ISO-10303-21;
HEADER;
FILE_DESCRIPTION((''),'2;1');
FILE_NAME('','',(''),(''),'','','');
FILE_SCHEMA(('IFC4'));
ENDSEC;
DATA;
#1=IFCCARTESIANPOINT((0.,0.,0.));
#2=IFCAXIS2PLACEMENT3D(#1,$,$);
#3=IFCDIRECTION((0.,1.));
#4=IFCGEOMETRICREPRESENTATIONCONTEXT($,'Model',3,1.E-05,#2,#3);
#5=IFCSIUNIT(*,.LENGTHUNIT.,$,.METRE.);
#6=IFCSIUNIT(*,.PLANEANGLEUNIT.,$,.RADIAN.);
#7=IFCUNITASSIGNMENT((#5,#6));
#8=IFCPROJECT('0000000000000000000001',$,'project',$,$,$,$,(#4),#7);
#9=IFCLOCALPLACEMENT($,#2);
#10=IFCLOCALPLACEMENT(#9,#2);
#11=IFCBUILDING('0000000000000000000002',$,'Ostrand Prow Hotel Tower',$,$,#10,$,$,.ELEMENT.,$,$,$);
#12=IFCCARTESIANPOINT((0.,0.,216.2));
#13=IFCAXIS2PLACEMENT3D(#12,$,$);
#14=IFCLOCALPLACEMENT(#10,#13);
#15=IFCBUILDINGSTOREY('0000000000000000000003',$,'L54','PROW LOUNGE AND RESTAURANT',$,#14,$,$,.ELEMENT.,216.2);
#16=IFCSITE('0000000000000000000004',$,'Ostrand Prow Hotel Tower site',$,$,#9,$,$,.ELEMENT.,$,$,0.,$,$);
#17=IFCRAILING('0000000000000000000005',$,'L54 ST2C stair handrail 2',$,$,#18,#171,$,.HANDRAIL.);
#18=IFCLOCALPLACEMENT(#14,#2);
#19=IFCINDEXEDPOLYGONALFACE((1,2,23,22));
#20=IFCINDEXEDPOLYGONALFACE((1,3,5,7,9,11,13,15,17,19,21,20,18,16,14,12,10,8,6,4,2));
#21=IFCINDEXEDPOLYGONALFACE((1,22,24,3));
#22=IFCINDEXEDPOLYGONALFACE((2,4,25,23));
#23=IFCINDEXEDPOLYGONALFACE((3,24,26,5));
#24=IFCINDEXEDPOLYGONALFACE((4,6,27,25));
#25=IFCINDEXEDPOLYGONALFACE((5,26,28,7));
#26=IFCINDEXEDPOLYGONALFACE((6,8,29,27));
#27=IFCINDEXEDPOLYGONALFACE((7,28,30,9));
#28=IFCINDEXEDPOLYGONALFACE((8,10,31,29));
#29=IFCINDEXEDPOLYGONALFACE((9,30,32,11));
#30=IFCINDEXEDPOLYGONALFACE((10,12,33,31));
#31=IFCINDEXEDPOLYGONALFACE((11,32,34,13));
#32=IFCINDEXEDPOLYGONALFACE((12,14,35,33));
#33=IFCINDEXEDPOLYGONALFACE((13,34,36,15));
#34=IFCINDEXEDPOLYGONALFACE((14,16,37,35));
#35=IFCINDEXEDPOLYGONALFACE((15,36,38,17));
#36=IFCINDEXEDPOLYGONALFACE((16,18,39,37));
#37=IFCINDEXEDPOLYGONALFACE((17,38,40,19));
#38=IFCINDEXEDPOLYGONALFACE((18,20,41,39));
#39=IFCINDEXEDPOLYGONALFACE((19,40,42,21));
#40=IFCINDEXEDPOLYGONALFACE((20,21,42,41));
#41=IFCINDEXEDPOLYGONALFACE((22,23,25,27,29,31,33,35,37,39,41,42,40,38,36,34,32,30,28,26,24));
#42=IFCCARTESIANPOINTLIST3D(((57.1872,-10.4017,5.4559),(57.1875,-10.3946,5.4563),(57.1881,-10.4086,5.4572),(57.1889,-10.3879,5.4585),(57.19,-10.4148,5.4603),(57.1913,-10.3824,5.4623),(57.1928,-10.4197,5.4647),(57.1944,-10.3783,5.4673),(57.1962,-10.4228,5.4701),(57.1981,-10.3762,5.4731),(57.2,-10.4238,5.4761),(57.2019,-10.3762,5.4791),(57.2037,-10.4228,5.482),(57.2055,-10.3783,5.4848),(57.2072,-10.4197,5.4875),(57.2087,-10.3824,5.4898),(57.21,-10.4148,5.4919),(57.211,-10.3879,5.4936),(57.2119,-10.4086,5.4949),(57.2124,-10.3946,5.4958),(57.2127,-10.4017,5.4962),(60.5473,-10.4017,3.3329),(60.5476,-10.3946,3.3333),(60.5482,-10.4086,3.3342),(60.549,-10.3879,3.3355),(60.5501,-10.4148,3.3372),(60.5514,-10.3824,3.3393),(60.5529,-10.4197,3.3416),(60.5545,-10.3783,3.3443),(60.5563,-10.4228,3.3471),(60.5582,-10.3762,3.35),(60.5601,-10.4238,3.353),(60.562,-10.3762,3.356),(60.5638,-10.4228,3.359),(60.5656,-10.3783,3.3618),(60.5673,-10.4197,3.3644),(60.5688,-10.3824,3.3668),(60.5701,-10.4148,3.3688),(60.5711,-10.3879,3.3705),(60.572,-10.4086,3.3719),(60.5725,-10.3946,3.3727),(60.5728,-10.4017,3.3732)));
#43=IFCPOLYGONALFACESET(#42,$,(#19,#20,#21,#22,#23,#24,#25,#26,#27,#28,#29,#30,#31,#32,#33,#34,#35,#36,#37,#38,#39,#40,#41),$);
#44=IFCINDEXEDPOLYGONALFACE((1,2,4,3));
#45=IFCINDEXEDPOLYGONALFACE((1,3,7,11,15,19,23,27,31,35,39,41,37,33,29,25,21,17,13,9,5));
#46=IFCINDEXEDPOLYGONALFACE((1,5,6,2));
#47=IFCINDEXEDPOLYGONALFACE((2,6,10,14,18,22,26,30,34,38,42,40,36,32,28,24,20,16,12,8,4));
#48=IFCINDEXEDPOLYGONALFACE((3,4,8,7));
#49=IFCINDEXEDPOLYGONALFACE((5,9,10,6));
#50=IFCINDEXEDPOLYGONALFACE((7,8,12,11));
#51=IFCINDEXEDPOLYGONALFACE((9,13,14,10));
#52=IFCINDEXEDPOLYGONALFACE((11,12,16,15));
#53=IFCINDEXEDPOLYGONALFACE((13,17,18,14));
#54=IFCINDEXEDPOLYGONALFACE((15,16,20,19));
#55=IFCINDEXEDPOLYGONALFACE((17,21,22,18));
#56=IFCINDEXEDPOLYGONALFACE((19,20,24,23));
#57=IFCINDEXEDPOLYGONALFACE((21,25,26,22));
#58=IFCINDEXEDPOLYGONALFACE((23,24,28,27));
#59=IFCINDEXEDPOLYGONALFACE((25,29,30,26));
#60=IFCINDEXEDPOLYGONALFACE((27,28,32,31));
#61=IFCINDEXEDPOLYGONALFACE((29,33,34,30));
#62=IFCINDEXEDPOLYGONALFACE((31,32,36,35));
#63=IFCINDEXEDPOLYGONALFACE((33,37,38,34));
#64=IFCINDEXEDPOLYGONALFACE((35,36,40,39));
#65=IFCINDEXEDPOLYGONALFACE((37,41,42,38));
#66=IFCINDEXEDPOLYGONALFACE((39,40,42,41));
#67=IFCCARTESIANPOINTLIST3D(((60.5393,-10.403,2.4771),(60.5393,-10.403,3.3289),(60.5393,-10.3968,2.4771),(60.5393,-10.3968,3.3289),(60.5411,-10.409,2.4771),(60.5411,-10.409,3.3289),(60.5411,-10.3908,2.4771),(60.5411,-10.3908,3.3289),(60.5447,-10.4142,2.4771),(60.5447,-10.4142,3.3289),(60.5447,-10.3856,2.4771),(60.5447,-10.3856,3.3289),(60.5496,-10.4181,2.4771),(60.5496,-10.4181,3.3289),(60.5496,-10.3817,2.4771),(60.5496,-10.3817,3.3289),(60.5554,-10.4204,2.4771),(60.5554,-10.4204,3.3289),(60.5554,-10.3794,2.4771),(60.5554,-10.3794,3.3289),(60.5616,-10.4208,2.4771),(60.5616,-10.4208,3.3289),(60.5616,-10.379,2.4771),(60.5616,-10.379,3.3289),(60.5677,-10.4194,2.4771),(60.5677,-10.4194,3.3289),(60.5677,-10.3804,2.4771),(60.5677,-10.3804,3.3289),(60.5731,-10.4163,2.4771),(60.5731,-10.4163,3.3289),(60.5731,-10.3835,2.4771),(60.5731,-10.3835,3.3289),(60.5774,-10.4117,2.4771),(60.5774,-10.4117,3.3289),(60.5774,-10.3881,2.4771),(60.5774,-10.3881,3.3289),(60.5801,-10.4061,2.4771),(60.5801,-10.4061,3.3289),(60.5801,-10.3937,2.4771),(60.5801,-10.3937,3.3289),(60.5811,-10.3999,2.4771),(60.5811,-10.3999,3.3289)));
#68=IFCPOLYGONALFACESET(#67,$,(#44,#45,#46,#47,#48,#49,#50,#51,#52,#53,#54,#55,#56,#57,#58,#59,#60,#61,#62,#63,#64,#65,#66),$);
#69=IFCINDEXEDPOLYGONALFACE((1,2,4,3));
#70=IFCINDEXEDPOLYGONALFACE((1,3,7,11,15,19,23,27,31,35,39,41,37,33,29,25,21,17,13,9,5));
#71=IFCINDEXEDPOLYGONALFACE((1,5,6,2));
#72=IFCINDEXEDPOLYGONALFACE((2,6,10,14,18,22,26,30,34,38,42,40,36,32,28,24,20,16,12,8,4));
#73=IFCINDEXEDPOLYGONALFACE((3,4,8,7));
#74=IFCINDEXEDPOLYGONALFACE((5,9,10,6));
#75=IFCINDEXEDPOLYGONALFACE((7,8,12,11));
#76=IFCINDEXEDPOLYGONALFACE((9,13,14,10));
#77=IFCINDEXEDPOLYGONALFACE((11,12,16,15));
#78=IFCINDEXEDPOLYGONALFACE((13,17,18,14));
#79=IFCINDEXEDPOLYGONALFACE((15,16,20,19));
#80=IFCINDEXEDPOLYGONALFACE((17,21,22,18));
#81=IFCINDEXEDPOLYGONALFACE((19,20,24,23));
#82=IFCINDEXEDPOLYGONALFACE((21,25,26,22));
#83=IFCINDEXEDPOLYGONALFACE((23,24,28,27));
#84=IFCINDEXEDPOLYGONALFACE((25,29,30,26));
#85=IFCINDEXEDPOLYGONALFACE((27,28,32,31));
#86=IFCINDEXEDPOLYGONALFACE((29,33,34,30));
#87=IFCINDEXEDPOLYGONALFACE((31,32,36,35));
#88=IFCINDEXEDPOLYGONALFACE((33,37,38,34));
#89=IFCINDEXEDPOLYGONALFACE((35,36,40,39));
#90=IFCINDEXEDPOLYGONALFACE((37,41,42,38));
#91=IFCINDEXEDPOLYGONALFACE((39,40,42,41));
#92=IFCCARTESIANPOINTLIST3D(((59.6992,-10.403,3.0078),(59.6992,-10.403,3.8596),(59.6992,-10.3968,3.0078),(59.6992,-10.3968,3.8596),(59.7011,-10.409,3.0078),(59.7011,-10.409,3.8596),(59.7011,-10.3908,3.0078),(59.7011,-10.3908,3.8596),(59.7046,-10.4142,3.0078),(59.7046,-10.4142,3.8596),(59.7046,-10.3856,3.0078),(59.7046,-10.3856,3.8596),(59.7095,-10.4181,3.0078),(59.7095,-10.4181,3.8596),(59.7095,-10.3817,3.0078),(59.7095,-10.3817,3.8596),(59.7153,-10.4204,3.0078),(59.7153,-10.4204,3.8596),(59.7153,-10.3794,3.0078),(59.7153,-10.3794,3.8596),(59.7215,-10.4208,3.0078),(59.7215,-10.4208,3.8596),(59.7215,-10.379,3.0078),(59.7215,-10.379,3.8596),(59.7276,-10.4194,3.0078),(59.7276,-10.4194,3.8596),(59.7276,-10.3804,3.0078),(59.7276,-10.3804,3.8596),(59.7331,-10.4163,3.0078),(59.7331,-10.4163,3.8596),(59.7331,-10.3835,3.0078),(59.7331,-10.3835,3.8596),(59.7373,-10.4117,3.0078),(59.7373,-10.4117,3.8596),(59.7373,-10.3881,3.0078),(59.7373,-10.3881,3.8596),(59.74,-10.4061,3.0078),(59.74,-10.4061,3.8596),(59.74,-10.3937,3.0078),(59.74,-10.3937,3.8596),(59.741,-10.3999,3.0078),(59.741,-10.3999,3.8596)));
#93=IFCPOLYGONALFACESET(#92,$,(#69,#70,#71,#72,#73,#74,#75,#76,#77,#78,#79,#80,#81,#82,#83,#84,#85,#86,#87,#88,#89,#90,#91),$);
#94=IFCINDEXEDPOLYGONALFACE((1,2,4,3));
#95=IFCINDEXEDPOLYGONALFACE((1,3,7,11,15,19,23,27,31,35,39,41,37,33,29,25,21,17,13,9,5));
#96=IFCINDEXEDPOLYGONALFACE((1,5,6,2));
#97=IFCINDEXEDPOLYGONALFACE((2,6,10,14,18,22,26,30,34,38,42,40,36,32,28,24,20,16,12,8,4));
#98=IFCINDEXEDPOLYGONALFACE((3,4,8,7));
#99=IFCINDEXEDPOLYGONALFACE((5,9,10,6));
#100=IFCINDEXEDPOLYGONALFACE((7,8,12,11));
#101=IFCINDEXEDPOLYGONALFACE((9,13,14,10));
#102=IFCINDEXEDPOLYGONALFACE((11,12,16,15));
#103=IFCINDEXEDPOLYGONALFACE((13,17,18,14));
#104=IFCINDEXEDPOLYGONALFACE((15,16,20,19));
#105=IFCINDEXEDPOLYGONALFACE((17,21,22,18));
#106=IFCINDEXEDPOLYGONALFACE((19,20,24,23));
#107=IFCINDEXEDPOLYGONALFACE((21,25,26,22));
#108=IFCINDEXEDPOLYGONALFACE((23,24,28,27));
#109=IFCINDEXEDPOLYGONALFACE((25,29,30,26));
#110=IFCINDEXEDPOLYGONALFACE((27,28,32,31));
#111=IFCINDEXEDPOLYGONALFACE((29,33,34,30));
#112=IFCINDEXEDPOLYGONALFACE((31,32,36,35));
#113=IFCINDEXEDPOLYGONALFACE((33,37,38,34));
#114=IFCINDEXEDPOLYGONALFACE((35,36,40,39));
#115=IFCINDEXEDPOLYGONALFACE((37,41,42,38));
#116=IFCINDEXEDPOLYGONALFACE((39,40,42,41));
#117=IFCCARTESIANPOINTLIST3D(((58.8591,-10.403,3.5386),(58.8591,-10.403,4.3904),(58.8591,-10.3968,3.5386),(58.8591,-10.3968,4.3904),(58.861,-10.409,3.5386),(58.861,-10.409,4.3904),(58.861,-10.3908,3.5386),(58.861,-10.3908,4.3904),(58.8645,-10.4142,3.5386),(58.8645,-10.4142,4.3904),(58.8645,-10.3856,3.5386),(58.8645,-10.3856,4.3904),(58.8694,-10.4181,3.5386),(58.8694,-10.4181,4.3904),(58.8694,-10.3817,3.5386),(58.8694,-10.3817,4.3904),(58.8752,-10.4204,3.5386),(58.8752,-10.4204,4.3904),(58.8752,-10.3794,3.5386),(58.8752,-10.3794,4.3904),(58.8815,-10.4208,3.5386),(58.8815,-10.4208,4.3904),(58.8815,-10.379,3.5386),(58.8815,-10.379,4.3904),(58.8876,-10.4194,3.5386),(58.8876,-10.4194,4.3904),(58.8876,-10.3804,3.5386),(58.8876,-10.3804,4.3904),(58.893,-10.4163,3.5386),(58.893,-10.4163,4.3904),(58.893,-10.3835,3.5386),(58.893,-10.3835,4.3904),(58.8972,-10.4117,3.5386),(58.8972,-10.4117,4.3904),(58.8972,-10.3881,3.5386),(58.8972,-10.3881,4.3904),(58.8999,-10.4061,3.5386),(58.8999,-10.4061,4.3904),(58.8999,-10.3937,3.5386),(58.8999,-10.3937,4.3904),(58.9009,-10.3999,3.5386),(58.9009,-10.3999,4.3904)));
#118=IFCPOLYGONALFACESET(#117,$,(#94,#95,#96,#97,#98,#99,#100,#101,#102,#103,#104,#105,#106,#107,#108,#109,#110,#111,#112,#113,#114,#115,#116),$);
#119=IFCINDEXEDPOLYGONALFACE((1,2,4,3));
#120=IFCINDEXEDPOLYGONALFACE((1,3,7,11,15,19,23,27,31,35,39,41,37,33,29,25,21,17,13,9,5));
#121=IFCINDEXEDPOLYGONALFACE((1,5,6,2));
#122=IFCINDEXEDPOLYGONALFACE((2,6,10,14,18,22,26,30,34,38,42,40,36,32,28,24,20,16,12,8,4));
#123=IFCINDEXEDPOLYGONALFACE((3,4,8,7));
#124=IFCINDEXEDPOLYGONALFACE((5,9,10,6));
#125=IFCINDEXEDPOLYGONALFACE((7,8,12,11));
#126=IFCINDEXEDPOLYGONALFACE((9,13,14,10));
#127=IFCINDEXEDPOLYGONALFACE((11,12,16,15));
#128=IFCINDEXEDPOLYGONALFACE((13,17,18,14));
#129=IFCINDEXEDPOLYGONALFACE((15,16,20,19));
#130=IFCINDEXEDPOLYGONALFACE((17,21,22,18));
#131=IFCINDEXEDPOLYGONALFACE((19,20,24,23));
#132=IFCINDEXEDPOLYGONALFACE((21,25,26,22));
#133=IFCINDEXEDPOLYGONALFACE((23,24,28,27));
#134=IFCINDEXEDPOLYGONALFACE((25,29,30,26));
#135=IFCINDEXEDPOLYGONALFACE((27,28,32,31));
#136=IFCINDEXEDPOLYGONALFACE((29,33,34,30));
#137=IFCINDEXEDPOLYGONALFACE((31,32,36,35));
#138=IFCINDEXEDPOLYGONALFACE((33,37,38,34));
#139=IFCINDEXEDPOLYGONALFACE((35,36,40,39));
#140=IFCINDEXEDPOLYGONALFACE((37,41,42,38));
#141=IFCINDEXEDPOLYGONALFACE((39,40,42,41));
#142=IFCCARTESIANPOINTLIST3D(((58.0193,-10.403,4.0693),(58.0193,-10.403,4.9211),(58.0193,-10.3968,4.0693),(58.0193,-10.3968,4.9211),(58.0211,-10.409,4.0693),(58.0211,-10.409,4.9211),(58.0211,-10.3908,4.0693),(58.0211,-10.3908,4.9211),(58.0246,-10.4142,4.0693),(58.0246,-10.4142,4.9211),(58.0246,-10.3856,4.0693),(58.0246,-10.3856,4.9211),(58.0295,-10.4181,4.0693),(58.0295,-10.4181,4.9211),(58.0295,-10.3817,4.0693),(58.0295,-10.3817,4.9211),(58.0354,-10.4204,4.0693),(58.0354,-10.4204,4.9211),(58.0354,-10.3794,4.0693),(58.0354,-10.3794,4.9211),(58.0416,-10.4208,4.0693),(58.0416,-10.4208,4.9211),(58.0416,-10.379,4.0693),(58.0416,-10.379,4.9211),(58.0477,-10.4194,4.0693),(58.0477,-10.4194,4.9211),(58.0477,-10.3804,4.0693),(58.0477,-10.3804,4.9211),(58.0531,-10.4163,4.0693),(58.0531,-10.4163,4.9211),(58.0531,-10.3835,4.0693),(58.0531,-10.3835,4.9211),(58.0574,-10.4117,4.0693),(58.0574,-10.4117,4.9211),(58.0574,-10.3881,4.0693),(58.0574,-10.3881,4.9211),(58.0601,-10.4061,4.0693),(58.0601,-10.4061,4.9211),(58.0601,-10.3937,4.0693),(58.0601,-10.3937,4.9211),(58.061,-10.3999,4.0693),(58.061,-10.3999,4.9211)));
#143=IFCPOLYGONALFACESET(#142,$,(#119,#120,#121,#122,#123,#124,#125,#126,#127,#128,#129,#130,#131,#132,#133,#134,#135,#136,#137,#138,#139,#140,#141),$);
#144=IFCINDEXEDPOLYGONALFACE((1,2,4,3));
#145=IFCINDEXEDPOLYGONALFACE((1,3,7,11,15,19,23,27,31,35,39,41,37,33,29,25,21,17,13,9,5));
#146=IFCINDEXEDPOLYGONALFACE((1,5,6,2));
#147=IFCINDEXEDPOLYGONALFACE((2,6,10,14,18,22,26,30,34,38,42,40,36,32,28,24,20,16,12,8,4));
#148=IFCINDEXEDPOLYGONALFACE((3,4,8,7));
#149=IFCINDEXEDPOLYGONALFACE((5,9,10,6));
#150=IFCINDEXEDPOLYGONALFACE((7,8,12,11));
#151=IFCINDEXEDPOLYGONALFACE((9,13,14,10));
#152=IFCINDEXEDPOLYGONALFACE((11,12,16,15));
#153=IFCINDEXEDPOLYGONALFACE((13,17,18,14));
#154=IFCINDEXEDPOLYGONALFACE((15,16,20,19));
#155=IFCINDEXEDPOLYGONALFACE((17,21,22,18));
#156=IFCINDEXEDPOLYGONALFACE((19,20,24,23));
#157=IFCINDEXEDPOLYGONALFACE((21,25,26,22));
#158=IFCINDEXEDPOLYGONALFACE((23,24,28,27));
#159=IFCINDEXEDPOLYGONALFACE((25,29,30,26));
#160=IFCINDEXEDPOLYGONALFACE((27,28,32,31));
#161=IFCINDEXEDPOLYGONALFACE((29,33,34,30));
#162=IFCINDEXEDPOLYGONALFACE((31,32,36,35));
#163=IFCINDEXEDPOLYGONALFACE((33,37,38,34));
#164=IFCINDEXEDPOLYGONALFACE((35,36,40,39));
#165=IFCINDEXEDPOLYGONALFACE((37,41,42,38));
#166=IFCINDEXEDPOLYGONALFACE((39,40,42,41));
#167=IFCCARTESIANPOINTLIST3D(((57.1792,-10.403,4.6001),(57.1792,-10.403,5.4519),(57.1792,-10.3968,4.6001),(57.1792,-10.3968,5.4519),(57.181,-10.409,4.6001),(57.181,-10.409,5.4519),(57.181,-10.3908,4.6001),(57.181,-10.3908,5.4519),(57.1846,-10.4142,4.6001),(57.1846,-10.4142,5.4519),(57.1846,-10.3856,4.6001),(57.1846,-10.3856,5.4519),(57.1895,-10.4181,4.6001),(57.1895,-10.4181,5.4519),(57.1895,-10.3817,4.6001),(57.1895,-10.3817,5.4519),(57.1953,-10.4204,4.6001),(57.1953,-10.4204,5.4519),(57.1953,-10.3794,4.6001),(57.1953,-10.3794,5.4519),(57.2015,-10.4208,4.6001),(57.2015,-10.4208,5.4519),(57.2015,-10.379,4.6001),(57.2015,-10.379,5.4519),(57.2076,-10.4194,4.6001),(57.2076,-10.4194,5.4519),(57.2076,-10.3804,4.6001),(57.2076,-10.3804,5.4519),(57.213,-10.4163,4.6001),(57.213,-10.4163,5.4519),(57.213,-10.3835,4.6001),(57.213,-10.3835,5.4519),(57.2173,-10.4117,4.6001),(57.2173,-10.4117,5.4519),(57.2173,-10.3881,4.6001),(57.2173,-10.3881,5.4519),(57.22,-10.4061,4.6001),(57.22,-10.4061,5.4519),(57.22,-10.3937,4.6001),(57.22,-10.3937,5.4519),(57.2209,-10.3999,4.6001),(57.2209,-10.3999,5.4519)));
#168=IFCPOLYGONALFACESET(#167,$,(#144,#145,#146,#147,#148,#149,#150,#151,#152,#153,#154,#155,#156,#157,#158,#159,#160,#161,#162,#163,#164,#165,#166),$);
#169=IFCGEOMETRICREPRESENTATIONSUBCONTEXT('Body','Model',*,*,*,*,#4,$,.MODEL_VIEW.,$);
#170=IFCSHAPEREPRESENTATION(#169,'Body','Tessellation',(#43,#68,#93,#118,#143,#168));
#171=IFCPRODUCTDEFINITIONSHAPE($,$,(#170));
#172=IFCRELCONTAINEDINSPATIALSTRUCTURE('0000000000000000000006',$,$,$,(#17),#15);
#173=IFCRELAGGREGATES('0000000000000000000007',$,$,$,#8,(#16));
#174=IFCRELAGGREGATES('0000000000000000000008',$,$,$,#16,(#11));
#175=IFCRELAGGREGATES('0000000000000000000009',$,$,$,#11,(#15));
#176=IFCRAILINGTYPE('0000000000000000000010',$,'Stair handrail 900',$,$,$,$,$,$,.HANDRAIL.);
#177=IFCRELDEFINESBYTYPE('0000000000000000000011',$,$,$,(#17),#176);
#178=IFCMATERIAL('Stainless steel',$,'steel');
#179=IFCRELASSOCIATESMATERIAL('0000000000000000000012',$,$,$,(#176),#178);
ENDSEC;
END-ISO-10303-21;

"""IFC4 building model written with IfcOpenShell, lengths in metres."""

from ifc_helpers import new_model, si_unit, direction, frame, origin, origin_2d, place, context, subcontext, project, spatial, circle, extrude, material, type_object, element, save


model = new_model("IFC4")

# Units and contexts
model_context = context("Model", 3, precision=1e-05, world=origin(), true_north=direction((0.0, 1.0)))
body_context = subcontext(model_context, "Body", "Model", "MODEL_VIEW")
ifc_project = project(units=[si_unit("LENGTHUNIT", "METRE"), si_unit("PLANEANGLEUNIT", "RADIAN")], contexts=[model_context])

# Site, building, storey
site_placement = place(None, origin())
site = spatial("IfcSite", under=ifc_project, at=site_placement, Name="Ostrand Prow Hotel Tower site", CompositionType="ELEMENT", RefElevation=0.0)
building_placement = place(site_placement, origin())
building = spatial("IfcBuilding", under=site, at=building_placement, Name="Ostrand Prow Hotel Tower", CompositionType="ELEMENT")
storey_placement = place(building_placement, frame((0.0, 0.0, 216.2)))
storey = spatial("IfcBuildingStorey", under=building, at=storey_placement, Name="L54", Description="PROW LOUNGE AND RESTAURANT", CompositionType="ELEMENT", Elevation=216.2)

# Railing
ifc_material_1 = material(Name="Stainless steel", Category="steel")
railing_type_1 = type_object("IfcRailingType", Name="Stair handrail 900", PredefinedType="HANDRAIL", material=ifc_material_1)
railing_1_placement = place(storey_placement, frame((60.5601, -10.3999, 2.4771)))
element("IfcRailing", 1, at=railing_1_placement, inside=storey, type_object=railing_type_1, Name="L54 ST2C stair handrail 2", PredefinedType="HANDRAIL", context=body_context, shape_type="SweptSolid", body=[
    extrude(circle(Radius=0.0239, at=origin_2d()), frame((0.0, 0.0, 0.876), z_axis=(-0.84539, 0.0, 0.53415), x_axis=(0.0, -1.0, 0.0)), (0.0, 0.0, 1.0), 3.9746),
    extrude(circle(Radius=0.021, at=origin_2d()), origin(), (0.0, 0.0, 1.0), 0.8518),
    extrude(circle(Radius=0.021, at=origin_2d()), frame((-0.8401, 0.0, 0.5308)), (0.0, 0.0, 1.0), 0.8518),
    extrude(circle(Radius=0.021, at=origin_2d()), frame((-1.6802, 0.0, 1.0615)), (0.0, 0.0, 1.0), 0.8518),
    extrude(circle(Radius=0.021, at=origin_2d()), frame((-2.52, 0.0, 1.5923)), (0.0, 0.0, 1.0), 0.8518),
    extrude(circle(Radius=0.021, at=origin_2d()), frame((-3.3601, 0.0, 2.123)), (0.0, 0.0, 1.0), 0.8518),
])

save(model, "model.ifc")
